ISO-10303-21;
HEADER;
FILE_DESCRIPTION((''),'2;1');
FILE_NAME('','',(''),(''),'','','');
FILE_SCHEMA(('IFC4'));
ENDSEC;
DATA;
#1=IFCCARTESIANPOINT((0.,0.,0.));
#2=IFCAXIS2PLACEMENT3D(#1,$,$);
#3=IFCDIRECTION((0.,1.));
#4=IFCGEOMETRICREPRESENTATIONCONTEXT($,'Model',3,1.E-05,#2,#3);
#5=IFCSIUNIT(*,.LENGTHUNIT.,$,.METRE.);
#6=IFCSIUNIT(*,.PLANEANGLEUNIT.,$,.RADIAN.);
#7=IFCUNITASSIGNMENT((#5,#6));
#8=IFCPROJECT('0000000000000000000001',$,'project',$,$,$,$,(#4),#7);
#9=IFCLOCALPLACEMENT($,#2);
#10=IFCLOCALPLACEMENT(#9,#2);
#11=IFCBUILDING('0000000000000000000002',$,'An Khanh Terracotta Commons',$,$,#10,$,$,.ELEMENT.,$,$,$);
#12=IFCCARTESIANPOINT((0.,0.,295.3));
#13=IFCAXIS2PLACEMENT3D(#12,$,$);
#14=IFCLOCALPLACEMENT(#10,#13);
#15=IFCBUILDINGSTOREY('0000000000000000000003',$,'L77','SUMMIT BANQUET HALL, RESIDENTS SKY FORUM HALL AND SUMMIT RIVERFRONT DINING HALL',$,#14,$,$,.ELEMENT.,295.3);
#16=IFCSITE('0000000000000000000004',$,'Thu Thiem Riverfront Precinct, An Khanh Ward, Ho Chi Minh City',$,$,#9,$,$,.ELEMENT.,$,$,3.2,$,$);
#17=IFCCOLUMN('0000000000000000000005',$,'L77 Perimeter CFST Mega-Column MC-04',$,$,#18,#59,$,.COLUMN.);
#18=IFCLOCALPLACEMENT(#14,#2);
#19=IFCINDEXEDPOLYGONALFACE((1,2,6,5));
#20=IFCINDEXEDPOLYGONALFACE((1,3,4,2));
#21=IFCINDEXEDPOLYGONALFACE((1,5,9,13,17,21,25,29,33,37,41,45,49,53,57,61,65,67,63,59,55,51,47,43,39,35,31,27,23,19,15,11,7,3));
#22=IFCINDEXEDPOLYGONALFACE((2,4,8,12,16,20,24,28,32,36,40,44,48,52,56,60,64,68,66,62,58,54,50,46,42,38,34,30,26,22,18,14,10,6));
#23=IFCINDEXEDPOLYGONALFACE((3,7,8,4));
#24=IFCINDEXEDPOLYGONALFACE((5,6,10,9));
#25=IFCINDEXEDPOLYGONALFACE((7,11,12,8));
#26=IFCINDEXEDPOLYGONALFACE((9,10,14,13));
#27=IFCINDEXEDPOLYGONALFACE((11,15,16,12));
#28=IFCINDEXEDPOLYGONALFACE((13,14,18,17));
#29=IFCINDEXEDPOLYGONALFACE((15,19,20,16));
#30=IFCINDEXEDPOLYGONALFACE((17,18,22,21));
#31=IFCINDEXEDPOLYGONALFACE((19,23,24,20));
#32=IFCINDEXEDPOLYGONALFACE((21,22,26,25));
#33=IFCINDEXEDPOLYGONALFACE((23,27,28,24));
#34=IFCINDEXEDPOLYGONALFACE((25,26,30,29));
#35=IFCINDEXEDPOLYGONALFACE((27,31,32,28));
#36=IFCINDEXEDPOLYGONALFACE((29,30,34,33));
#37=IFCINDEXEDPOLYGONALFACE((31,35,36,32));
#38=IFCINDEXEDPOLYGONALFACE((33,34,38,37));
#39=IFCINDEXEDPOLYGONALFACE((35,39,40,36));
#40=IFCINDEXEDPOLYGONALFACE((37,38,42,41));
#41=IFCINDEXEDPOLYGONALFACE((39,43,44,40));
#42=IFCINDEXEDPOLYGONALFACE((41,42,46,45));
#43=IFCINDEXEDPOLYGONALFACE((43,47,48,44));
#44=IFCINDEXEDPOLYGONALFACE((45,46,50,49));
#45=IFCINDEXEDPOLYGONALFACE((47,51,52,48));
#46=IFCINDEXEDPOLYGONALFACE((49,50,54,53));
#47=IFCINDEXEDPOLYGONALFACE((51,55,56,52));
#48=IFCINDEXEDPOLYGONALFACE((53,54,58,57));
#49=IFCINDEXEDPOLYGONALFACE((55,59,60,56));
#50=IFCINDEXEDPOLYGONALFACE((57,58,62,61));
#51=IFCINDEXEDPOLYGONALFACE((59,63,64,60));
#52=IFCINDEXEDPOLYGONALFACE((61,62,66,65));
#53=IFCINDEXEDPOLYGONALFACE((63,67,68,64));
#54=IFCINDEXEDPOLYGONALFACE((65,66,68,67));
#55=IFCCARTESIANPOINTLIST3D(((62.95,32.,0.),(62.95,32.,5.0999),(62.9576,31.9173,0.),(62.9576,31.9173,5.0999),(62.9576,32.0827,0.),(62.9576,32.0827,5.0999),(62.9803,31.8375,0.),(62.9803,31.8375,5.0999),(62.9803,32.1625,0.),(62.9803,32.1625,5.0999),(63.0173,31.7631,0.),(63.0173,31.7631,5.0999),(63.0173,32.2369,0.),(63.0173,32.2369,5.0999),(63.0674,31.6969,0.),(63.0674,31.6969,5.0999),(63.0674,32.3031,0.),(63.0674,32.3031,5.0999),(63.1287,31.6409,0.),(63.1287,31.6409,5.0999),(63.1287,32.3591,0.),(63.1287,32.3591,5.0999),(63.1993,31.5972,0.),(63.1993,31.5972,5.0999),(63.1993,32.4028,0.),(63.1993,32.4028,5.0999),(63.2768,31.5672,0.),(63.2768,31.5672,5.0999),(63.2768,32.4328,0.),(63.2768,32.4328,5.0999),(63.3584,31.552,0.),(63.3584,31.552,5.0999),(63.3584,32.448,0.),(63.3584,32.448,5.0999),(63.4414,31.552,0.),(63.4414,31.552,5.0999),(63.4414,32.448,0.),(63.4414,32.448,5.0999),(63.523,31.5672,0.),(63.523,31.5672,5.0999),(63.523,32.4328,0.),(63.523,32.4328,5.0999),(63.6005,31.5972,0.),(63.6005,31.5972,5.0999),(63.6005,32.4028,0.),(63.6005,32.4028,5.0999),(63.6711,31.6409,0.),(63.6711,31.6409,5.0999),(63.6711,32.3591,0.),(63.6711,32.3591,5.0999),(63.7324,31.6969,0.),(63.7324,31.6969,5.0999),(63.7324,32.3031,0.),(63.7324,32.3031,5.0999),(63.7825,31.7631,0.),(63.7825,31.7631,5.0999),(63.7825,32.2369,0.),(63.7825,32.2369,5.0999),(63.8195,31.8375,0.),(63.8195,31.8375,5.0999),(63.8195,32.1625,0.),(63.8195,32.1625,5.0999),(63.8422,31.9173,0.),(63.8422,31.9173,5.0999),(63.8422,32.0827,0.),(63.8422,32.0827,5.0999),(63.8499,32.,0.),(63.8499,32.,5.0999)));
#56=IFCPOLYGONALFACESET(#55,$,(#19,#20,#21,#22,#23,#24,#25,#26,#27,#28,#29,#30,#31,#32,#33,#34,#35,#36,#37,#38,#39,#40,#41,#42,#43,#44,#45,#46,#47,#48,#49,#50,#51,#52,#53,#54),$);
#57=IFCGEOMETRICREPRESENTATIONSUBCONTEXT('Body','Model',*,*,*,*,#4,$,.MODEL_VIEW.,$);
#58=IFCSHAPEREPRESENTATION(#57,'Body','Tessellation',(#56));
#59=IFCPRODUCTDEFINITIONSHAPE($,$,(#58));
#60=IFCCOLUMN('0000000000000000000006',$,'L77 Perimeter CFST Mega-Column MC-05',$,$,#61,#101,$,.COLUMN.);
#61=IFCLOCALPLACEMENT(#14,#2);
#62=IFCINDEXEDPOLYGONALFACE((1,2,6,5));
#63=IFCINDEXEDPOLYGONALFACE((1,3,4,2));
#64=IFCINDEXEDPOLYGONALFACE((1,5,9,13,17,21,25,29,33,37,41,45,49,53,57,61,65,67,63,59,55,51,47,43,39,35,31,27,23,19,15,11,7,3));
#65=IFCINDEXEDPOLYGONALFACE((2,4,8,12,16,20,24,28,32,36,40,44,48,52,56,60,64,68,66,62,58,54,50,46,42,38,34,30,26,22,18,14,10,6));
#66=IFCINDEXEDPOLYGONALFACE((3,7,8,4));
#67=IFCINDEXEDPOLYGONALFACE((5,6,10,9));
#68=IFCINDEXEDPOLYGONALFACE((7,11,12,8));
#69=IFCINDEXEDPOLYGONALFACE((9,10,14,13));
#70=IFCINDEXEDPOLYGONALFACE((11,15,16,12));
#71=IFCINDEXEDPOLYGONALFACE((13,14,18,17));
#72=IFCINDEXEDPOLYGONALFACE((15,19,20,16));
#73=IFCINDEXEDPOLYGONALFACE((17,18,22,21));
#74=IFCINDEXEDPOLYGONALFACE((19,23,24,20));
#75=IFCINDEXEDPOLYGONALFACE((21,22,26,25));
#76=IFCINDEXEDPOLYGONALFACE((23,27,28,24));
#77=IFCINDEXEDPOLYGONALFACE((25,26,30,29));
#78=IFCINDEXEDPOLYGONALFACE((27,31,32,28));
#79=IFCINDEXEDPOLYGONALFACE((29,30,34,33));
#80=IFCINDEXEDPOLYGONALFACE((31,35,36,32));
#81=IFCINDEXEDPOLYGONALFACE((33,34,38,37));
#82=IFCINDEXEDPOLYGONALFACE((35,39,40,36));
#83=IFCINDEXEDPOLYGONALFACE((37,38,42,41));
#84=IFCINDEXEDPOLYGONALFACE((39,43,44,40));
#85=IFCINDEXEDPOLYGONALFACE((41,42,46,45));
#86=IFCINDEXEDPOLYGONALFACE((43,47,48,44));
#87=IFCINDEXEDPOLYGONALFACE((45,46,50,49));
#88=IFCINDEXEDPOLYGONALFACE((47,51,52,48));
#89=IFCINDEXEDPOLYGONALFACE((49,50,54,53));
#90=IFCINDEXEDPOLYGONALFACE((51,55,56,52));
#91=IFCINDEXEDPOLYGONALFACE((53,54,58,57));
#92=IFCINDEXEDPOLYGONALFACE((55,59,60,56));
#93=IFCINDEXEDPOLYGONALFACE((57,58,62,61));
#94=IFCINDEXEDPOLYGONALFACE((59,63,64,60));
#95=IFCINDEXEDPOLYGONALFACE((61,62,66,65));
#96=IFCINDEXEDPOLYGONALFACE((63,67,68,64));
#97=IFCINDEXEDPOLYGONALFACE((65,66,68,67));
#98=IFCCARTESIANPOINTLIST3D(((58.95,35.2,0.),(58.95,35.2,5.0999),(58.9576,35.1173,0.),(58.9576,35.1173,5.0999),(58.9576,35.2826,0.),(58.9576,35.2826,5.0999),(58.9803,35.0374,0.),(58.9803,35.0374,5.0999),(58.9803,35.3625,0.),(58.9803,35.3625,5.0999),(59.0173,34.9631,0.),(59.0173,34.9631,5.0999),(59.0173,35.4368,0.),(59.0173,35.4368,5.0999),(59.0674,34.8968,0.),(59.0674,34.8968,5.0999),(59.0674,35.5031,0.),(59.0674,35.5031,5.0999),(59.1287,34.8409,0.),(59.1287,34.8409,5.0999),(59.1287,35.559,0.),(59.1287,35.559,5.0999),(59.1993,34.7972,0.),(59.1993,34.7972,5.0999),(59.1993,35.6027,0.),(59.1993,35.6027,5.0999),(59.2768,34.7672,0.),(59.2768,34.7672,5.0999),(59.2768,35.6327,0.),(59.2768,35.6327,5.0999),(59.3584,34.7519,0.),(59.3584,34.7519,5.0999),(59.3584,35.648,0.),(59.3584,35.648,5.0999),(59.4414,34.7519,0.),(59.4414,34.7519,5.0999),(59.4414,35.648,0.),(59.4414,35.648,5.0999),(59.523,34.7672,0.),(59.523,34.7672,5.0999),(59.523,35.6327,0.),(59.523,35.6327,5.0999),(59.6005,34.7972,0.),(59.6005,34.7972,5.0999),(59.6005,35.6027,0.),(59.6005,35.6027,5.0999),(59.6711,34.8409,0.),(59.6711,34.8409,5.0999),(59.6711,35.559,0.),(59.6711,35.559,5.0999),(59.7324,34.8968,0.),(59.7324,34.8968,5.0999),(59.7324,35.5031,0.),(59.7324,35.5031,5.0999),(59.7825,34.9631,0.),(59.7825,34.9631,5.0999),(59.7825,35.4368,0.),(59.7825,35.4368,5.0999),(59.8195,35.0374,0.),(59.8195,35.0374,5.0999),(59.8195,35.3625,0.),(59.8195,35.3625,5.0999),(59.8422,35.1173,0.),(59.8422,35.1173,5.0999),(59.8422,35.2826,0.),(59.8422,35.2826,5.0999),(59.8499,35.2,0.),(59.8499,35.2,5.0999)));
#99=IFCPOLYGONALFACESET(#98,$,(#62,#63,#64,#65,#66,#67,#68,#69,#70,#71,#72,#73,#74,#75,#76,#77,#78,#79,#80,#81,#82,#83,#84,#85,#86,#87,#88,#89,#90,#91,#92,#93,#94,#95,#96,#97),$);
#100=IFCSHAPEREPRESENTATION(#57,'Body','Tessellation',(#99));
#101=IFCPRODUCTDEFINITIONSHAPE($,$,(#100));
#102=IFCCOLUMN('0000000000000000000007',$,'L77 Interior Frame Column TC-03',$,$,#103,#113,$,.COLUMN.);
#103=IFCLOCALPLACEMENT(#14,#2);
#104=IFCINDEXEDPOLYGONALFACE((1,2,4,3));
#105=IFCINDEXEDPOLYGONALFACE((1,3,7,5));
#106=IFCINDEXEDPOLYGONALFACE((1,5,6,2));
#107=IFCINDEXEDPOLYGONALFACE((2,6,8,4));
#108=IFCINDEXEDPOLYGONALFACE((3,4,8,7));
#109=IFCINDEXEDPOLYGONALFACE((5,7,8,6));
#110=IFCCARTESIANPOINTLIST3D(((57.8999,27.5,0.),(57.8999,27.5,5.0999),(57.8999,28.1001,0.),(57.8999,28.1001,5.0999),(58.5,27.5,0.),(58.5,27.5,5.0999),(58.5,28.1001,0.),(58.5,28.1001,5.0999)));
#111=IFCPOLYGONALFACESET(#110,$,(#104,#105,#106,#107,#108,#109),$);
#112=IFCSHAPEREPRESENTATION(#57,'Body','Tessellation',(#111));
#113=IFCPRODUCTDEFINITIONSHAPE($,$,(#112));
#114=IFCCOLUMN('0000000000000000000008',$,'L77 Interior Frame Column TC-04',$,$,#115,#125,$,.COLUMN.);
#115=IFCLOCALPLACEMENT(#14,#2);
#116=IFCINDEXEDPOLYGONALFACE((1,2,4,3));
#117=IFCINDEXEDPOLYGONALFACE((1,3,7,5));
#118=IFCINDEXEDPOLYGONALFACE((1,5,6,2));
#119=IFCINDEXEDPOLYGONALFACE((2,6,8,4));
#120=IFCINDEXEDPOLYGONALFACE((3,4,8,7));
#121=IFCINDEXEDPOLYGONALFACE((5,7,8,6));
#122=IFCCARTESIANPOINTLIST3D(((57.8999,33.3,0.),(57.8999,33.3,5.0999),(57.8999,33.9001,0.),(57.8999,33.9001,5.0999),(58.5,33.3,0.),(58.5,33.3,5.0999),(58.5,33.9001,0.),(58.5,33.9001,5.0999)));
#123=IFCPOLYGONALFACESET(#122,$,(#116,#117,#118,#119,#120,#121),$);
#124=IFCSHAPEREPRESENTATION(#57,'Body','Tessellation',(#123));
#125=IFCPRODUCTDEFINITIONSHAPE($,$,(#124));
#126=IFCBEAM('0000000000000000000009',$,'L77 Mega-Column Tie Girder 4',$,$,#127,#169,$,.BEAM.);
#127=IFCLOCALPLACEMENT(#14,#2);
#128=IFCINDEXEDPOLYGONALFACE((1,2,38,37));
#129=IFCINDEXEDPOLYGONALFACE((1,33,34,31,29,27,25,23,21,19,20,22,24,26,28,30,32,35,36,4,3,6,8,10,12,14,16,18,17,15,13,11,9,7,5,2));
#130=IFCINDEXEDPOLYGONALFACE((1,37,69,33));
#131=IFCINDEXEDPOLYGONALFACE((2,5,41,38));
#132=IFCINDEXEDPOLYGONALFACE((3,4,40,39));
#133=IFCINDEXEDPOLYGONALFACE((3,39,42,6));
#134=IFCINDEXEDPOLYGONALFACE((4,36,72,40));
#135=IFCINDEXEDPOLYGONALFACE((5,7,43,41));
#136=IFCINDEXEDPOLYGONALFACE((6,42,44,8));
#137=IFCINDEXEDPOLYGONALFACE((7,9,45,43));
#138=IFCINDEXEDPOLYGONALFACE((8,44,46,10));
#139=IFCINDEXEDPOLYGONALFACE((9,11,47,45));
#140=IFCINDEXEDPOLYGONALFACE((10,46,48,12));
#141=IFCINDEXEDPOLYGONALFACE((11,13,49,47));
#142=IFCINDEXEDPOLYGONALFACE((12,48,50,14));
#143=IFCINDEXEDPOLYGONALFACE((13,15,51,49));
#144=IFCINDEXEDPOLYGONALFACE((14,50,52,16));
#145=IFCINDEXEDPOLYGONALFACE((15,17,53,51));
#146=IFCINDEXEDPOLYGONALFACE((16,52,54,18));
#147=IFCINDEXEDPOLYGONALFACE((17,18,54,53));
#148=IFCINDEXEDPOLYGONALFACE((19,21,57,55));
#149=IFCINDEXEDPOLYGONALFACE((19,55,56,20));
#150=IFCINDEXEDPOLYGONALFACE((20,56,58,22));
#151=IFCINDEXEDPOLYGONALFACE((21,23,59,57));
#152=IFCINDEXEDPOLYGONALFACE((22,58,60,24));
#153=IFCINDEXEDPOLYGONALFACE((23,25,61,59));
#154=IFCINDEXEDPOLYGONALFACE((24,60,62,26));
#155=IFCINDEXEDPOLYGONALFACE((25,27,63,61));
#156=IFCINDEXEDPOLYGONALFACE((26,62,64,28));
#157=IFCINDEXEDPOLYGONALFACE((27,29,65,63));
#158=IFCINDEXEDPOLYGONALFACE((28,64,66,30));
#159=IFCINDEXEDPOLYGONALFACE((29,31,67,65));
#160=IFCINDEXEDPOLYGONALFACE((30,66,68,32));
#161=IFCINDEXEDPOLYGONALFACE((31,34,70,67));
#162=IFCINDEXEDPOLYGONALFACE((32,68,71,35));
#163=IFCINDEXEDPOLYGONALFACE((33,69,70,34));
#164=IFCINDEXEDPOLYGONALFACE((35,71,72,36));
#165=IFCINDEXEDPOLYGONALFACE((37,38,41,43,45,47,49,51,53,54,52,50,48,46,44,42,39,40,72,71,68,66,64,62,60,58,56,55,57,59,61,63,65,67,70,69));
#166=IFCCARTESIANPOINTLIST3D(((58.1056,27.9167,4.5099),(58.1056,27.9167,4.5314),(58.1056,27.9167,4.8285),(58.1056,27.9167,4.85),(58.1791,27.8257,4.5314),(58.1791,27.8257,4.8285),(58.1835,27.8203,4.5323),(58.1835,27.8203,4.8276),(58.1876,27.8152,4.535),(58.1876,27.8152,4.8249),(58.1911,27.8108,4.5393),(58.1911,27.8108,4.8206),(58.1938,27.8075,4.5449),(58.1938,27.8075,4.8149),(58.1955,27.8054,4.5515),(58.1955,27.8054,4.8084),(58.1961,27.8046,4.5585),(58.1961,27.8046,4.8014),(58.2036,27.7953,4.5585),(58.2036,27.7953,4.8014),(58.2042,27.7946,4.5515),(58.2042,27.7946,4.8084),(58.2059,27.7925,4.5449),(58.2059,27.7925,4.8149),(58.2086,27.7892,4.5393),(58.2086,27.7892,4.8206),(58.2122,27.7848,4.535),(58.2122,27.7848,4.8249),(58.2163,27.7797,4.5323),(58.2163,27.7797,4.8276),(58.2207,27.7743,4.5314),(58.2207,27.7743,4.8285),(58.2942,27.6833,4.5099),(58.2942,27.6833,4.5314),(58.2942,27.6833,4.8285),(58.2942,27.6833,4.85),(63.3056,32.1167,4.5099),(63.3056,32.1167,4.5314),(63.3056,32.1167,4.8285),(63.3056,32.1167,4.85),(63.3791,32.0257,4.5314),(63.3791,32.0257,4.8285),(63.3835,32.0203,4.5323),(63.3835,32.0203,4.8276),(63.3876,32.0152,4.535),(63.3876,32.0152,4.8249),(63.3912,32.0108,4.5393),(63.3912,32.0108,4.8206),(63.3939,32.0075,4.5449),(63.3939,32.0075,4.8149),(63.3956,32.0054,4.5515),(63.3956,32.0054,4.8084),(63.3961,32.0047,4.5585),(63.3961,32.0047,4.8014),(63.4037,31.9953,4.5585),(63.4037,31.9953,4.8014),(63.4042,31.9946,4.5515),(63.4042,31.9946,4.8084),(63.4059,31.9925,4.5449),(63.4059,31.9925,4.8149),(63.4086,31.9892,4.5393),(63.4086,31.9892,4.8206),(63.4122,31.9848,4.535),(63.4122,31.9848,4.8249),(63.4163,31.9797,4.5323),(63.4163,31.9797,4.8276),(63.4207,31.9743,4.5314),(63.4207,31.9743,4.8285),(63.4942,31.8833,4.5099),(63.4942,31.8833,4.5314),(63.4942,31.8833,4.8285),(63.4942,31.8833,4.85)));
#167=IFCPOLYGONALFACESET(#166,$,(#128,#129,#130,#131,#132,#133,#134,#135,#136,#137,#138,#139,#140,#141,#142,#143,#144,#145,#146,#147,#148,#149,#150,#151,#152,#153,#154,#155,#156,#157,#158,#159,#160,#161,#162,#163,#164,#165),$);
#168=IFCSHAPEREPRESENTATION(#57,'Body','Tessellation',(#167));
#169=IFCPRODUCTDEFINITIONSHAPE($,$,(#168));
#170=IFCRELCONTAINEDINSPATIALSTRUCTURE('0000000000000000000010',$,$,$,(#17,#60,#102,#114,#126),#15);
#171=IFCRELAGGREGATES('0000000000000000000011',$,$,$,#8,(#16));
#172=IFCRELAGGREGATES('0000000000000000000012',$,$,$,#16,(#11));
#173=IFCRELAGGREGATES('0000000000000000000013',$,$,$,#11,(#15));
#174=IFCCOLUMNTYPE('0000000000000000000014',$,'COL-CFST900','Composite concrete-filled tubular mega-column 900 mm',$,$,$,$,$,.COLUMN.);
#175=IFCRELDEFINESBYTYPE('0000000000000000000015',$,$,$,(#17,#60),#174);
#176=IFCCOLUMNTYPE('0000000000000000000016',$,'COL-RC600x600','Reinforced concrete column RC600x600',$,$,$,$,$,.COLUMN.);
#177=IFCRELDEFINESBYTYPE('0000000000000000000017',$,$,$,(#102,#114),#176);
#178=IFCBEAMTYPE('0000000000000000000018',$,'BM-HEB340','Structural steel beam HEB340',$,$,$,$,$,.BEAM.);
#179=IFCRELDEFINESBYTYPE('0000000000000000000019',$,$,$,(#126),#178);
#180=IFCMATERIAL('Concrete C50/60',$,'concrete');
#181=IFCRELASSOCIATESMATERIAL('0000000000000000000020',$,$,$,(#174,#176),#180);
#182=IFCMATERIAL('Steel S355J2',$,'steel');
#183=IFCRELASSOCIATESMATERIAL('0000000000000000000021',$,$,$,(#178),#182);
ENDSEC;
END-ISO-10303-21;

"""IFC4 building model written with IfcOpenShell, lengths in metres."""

from ifc_helpers import new_model, si_unit, direction, frame, origin, origin_2d, place, context, subcontext, project, spatial, rectangle, circle, i_section, extrude, material, material_profile, profile_set, type_object, element, save


model = new_model("IFC4")

# Units and contexts
model_context = context("Model", 3, precision=1e-05, world=origin(), true_north=direction((0.0, 1.0)))
body_context = subcontext(model_context, "Body", "Model", "MODEL_VIEW")
ifc_project = project(units=[si_unit("LENGTHUNIT", "METRE"), si_unit("PLANEANGLEUNIT", "RADIAN")], contexts=[model_context])

# Site, building, storey
site_placement = place(None, origin())
site = spatial("IfcSite", under=ifc_project, at=site_placement, Name="Thu Thiem Riverfront Precinct, An Khanh Ward, Ho Chi Minh City", CompositionType="ELEMENT", RefElevation=3.2)
building_placement = place(site_placement, origin())
building = spatial("IfcBuilding", under=site, at=building_placement, Name="An Khanh Terracotta Commons", CompositionType="ELEMENT")
storey_placement = place(building_placement, frame((0.0, 0.0, 295.3)))
storey = spatial("IfcBuildingStorey", under=building, at=storey_placement, Name="L77", Description="SUMMIT BANQUET HALL, RESIDENTS SKY FORUM HALL AND SUMMIT RIVERFRONT DINING HALL", CompositionType="ELEMENT", Elevation=295.3)

# Columns
ifc_material_1 = material(Name="Concrete C50/60", Category="concrete")
ifc_material_profile_1 = material_profile(ifc_material_1, circle(Radius=0.45, at=origin_2d()), Name="CFST900")
ifc_profile_set_1 = profile_set([ifc_material_profile_1], Name="Concrete C50/60")
column_type_1 = type_object("IfcColumnType", Name="COL-CFST900", Description="Composite concrete-filled tubular mega-column 900 mm", PredefinedType="COLUMN", material=ifc_profile_set_1)
for number, where, z_axis, x_axis, name in (
    (1, (63.3999, 32.0, 0.0), (0.0, 0.0, 1.0), (1.0, 0.0, 0.0), "L77 Perimeter CFST Mega-Column MC-04"),
    (2, (59.3999, 35.2, 0.0), (0.0, 0.0, 1.0), (1.0, 0.0, 0.0), "L77 Perimeter CFST Mega-Column MC-05"),
):
    element("IfcColumn", number, at=place(storey_placement, frame(where, z_axis=z_axis, x_axis=x_axis)), inside=storey, type_object=column_type_1, Name=name, PredefinedType="COLUMN", context=body_context, shape_type="SweptSolid", body=[
        extrude(circle(Radius=0.45, at=origin_2d()), origin(), (0.0, 0.0, 1.0), 5.0999),
    ])
ifc_material_profile_2 = material_profile(ifc_material_1, rectangle(XDim=0.6001, YDim=0.6001, at=origin_2d()), Name="RC600x600")
ifc_profile_set_2 = profile_set([ifc_material_profile_2], Name="Concrete C50/60")
column_type_2 = type_object("IfcColumnType", Name="COL-RC600x600", Description="Reinforced concrete column RC600x600", PredefinedType="COLUMN", material=ifc_profile_set_2)
for number, where, z_axis, x_axis, name in (
    (3, (58.2, 27.8, 0.0), (0.0, 0.0, 1.0), (1.0, 0.0, 0.0), "L77 Interior Frame Column TC-03"),
    (4, (58.2, 33.6001, 0.0), (0.0, 0.0, 1.0), (1.0, 0.0, 0.0), "L77 Interior Frame Column TC-04"),
):
    element("IfcColumn", number, at=place(storey_placement, frame(where, z_axis=z_axis, x_axis=x_axis)), inside=storey, type_object=column_type_2, Name=name, PredefinedType="COLUMN", context=body_context, shape_type="SweptSolid", body=[
        extrude(rectangle(XDim=0.6001, YDim=0.6001, at=origin_2d()), origin(), (0.0, 0.0, 1.0), 5.0999),
    ])

# Beam
ifc_material_2 = material(Name="Steel S355J2", Category="steel")
ifc_material_profile_3 = material_profile(ifc_material_2, i_section(OverallWidth=0.3, OverallDepth=0.3401, WebThickness=0.012, FlangeThickness=0.0215, FilletRadius=0.0271, at=origin_2d()), Name="HEB340")
ifc_profile_set_3 = profile_set([ifc_material_profile_3], Name="Steel S355J2")
beam_type_1 = type_object("IfcBeamType", Name="BM-HEB340", Description="Structural steel beam HEB340", PredefinedType="BEAM", material=ifc_profile_set_3)
beam_1_placement = place(storey_placement, frame((63.3999, 32.0, 4.6799), z_axis=(-0.777942, -0.628336, 0.0), x_axis=(0.628336, -0.777942, 0.0)))
element("IfcBeam", 5, at=beam_1_placement, inside=storey, type_object=beam_type_1, Name="L77 Mega-Column Tie Girder 4", PredefinedType="BEAM", context=body_context, shape_type="SweptSolid", body=[
    extrude(i_section(OverallWidth=0.3, OverallDepth=0.3401, WebThickness=0.012, FlangeThickness=0.0215, FilletRadius=0.0271, at=origin_2d()), origin(), (0.0, 0.0, 1.0), 6.6843),
])

save(model, "model.ifc")
